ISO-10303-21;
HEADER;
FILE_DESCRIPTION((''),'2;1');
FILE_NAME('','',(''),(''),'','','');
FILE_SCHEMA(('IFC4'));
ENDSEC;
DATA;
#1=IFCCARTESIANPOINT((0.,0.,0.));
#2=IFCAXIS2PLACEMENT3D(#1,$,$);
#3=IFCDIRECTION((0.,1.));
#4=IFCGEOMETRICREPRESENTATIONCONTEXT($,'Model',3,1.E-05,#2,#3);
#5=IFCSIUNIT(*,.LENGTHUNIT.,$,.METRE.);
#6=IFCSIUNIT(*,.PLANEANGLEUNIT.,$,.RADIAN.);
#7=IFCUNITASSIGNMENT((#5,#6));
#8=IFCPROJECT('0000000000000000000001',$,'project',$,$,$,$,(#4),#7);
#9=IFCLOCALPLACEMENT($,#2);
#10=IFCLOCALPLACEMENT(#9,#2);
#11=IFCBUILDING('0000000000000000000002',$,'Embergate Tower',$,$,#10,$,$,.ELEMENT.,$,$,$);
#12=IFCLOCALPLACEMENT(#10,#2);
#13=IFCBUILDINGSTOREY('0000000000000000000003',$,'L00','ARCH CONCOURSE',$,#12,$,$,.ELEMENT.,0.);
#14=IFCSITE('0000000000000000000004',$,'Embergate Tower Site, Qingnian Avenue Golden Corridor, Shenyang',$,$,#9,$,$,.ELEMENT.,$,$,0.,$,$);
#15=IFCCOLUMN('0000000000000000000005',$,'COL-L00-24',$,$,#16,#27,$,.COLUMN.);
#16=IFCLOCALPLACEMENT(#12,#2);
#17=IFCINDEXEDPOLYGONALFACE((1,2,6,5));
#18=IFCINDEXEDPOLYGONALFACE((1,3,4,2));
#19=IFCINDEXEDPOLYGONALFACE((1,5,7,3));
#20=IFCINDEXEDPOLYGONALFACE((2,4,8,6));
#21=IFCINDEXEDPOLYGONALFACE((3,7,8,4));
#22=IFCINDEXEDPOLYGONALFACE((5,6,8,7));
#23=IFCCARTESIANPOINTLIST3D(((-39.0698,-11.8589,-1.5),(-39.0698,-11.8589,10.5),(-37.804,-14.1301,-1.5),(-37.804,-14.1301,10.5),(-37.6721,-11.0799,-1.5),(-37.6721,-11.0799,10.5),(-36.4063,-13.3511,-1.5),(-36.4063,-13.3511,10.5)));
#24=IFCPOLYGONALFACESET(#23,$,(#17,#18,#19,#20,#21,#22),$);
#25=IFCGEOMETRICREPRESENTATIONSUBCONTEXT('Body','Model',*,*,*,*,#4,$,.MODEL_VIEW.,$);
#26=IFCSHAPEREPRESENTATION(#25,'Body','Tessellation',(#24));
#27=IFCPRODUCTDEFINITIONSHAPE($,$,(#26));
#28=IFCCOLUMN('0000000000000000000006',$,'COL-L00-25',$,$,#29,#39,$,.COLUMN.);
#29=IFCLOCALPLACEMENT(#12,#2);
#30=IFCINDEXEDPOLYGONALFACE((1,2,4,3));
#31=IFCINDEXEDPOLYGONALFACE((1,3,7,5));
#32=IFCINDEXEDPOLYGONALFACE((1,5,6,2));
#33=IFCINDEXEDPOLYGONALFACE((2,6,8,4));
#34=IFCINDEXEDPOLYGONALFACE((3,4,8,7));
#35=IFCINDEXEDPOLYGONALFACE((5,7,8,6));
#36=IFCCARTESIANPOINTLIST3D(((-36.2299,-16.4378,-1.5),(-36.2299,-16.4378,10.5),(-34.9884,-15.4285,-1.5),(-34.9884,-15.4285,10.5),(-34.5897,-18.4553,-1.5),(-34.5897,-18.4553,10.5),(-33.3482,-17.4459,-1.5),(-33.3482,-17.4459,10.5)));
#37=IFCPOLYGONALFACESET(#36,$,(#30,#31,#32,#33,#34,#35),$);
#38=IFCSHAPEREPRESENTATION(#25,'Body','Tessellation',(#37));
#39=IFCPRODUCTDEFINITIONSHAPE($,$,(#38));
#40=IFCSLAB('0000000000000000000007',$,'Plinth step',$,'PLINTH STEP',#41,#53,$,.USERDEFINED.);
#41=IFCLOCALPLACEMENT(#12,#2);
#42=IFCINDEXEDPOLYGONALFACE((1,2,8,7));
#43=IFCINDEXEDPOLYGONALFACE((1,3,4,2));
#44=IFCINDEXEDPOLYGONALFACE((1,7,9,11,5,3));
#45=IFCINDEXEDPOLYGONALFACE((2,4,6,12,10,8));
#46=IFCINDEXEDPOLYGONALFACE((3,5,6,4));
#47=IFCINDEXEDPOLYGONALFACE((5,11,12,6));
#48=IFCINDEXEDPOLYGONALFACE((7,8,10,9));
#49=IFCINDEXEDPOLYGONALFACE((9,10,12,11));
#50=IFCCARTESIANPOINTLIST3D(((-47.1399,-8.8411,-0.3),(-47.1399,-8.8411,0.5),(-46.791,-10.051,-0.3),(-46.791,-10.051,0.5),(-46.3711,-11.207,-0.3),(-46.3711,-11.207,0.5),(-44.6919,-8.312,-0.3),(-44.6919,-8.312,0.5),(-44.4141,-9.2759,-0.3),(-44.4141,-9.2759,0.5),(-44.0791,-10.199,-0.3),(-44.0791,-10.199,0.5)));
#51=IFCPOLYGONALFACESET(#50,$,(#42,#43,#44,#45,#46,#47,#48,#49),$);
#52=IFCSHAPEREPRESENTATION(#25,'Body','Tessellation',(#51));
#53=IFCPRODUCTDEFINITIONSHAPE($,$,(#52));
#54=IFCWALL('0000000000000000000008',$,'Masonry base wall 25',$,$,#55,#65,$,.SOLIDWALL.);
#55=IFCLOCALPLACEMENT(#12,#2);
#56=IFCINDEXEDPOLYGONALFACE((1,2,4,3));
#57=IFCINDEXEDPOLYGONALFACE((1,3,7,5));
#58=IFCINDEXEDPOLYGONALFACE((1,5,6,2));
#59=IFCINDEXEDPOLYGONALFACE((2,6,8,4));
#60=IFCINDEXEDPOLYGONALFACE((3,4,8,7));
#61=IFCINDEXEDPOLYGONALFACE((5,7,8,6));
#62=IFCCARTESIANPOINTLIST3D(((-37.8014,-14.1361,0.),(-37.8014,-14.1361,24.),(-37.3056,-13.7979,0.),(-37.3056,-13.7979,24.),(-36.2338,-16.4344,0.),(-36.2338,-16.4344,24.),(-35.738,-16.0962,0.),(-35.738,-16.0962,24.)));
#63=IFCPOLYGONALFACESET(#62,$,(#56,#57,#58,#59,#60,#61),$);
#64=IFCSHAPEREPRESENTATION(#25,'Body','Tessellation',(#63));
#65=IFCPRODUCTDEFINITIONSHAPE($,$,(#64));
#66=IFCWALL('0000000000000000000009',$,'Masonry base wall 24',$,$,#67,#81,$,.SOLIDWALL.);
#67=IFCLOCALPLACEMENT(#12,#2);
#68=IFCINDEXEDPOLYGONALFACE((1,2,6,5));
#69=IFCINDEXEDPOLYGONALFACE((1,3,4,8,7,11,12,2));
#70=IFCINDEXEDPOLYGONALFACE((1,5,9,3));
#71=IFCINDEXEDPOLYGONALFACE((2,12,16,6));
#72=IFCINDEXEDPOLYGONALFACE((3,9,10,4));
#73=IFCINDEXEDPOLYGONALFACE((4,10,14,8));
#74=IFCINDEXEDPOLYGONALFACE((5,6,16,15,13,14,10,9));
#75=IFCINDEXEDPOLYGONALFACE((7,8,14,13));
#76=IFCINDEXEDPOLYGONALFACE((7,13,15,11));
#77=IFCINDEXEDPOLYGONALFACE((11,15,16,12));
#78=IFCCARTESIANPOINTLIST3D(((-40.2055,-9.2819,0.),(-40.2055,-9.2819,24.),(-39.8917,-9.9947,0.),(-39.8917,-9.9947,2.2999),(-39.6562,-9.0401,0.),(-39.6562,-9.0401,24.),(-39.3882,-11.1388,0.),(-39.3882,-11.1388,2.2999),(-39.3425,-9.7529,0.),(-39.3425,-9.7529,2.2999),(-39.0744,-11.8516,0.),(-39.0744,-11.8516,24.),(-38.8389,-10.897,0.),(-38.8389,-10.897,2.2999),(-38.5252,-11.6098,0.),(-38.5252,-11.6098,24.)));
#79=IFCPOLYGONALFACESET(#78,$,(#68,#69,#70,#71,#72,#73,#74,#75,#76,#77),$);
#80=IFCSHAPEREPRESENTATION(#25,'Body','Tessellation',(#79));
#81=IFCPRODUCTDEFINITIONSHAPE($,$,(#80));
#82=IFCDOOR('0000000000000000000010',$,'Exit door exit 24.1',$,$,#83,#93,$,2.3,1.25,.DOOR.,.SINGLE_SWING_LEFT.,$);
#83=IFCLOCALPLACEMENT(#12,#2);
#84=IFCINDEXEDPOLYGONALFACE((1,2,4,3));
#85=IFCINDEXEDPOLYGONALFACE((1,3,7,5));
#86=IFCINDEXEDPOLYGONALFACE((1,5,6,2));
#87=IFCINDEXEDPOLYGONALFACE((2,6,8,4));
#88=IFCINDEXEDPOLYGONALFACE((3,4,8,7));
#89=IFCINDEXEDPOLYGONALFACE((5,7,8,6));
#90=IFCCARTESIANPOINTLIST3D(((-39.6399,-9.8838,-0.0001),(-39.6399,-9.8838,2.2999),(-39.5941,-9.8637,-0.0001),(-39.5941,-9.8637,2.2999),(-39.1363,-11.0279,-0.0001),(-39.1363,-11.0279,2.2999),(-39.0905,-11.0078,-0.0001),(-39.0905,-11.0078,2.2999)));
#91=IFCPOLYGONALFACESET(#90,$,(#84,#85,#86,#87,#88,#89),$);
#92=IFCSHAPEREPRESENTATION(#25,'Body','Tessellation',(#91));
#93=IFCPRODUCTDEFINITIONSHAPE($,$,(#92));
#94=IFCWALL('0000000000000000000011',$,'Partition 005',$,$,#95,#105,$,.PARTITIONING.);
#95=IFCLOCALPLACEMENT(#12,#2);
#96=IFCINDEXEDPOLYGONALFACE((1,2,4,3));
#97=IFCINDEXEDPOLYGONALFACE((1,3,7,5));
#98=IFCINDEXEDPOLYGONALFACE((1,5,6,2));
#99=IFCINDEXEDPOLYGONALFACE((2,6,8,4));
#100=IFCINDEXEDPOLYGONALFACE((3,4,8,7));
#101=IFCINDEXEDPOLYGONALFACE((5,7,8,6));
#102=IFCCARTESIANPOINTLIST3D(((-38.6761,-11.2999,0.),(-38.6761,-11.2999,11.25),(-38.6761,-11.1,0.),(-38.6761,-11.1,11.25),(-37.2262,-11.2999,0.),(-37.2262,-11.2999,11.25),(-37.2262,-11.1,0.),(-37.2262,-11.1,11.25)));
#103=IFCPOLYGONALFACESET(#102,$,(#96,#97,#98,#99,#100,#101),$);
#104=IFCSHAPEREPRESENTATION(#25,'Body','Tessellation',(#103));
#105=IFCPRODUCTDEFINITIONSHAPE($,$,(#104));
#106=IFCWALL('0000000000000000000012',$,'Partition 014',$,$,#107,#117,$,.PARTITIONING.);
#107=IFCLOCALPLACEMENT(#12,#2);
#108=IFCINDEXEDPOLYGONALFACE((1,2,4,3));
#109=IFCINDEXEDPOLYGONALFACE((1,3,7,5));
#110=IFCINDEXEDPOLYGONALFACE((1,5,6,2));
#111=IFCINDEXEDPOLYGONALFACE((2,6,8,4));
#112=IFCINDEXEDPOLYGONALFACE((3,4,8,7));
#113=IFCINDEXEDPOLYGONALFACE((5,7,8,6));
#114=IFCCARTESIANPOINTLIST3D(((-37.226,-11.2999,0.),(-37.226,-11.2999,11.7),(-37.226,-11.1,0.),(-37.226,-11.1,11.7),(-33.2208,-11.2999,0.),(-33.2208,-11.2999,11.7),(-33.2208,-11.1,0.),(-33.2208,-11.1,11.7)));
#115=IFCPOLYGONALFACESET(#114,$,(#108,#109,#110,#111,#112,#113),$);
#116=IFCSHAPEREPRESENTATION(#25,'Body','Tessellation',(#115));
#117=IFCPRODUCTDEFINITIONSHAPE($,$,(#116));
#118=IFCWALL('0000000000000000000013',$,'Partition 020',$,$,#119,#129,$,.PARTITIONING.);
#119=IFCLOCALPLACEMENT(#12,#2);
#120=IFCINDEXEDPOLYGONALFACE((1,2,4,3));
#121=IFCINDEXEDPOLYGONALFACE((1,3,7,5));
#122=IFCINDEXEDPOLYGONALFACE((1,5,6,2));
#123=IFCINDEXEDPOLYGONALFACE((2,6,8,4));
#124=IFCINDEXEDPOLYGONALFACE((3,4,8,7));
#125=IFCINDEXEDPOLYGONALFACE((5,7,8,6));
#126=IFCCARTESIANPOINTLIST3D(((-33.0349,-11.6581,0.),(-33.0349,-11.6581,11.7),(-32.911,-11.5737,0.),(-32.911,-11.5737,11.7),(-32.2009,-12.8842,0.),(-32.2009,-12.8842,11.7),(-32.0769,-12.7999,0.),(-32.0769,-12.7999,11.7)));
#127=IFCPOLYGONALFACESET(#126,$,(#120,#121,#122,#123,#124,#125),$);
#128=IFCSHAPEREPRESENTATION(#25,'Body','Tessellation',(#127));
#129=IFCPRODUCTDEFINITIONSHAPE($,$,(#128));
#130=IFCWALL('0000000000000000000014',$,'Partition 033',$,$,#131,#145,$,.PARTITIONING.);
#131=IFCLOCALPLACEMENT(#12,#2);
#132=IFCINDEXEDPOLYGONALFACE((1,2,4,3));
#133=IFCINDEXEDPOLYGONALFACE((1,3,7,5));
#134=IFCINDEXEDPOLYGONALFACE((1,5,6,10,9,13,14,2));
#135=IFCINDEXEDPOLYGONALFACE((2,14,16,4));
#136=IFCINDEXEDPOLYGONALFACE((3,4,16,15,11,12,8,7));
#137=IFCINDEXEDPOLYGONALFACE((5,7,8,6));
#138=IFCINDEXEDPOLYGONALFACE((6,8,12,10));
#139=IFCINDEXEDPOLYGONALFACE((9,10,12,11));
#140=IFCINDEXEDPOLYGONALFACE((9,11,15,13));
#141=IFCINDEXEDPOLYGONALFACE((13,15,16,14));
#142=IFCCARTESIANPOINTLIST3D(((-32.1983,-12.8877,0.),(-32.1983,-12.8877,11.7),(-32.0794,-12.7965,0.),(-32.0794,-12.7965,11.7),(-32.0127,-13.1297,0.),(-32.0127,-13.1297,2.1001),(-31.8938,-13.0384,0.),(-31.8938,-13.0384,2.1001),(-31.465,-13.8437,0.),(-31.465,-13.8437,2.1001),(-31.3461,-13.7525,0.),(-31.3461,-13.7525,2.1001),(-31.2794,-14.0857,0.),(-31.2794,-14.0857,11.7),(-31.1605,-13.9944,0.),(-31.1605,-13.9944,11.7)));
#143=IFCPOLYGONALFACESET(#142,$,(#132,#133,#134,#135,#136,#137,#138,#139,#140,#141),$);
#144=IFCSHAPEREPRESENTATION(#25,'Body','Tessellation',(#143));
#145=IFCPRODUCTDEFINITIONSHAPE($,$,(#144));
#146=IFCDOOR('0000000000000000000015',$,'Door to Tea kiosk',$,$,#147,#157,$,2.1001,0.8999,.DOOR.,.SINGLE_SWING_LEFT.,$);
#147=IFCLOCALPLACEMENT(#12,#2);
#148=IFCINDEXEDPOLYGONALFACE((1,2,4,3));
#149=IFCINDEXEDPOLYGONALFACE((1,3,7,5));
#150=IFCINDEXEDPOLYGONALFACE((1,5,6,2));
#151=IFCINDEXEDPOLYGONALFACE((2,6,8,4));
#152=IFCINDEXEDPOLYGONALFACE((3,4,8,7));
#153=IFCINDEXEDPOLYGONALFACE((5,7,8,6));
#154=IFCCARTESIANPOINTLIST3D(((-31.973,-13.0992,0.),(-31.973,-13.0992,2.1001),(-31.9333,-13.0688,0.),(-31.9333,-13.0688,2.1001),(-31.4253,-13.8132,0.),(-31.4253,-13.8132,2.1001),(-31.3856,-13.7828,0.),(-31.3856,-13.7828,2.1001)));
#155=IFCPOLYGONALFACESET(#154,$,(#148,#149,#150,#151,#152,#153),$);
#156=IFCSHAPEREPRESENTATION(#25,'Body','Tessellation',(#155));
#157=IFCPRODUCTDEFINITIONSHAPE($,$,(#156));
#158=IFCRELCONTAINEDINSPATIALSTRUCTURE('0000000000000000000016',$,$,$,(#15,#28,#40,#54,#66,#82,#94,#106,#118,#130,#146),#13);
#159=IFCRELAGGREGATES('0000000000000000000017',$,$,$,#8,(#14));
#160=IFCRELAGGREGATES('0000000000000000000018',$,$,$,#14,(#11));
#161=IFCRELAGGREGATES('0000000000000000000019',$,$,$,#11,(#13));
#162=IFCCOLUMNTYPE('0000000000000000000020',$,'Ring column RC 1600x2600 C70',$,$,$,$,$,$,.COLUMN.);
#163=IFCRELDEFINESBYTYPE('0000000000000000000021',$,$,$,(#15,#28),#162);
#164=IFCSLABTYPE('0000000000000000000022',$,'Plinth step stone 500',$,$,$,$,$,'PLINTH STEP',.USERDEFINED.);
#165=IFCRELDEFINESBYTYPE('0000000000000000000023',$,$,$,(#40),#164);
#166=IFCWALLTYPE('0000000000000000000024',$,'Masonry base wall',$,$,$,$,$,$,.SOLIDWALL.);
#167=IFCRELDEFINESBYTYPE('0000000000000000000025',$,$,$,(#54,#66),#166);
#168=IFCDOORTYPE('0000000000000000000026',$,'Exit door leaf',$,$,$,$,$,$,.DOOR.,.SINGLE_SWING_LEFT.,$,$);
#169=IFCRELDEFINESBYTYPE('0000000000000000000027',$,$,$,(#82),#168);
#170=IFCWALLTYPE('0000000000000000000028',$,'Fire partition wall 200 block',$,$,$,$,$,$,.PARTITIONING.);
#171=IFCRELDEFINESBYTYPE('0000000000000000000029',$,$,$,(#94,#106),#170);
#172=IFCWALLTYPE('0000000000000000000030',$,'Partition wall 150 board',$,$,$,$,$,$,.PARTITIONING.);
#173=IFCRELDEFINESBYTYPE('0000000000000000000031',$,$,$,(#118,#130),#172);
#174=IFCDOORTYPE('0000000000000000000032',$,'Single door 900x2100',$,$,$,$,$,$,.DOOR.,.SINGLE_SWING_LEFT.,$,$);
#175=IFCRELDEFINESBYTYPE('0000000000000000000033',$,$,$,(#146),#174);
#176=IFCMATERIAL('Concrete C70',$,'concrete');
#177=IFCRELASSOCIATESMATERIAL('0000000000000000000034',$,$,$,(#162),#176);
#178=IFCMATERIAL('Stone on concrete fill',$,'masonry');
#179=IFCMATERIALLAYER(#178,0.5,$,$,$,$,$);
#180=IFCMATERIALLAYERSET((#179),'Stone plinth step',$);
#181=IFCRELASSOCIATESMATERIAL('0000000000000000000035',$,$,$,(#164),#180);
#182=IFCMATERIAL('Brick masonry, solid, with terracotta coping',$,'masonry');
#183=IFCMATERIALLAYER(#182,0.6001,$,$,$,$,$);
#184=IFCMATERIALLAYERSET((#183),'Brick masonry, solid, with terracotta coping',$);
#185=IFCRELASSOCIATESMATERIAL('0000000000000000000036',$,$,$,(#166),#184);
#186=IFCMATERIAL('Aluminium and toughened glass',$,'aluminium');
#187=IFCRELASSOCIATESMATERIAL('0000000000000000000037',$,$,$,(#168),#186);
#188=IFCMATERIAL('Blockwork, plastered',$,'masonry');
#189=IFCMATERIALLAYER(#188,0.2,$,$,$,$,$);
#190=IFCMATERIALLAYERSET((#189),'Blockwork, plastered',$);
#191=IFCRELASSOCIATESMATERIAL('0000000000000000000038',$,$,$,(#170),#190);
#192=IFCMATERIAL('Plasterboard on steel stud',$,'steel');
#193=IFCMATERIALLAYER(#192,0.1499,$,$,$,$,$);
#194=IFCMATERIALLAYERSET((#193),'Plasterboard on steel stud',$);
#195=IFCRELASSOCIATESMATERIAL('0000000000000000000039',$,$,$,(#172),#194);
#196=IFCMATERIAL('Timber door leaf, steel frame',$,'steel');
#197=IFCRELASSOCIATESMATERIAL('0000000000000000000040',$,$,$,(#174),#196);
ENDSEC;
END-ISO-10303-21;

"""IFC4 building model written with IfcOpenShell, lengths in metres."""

from ifc_helpers import new_model, si_unit, direction, frame, frame_2d, origin, origin_2d, place, context, subcontext, project, spatial, polyline, rectangle, outline, extrude, source, transform, mapped, material, layer, layer_set, material_profile, profile_set, type_object, element, fill, save


model = new_model("IFC4")

# Units and contexts
model_context = context("Model", 3, precision=1e-05, world=origin(), true_north=direction((0.0, 1.0)))
body_context = subcontext(model_context, "Body", "Model", "MODEL_VIEW")
ifc_project = project(units=[si_unit("LENGTHUNIT", "METRE"), si_unit("PLANEANGLEUNIT", "RADIAN")], contexts=[model_context])

# Site, building, storey
site_placement = place(None, origin())
site = spatial("IfcSite", under=ifc_project, at=site_placement, Name="Embergate Tower Site, Qingnian Avenue Golden Corridor, Shenyang", CompositionType="ELEMENT", RefElevation=0.0)
building_placement = place(site_placement, origin())
building = spatial("IfcBuilding", under=site, at=building_placement, Name="Embergate Tower", CompositionType="ELEMENT")
storey_placement = place(building_placement, origin())
storey = spatial("IfcBuildingStorey", under=building, at=storey_placement, Name="L00", Description="ARCH CONCOURSE", CompositionType="ELEMENT", Elevation=0.0)

# Columns
ifc_material_1 = material(Name="Concrete C70", Category="concrete")
ifc_material_profile = material_profile(ifc_material_1, rectangle(XDim=1.6001, YDim=2.6001, at=origin_2d()), Name="RC 1600x2600")
ifc_profile_set = profile_set([ifc_material_profile], Name="Concrete C70")
column_type = type_object("IfcColumnType", Name="Ring column RC 1600x2600 C70", PredefinedType="COLUMN", material=ifc_profile_set)
shared_shape_1 = source(origin(), body_context, "Body", "SweptSolid", [
    extrude(rectangle(XDim=1.6001, YDim=2.6001, at=origin_2d()), origin(), (0.0, 0.0, 1.0), 12.0),
])
for number, where, z_axis, x_axis, name in (
    (1, (-37.738, -12.605, -1.5), (0.0, 0.0, 1.0), (-0.873492, -0.486839, 0.0), "COL-L00-24"),
    (2, (-34.7891, -16.9419, -1.5), (0.0, 0.0, 1.0), (-0.775925, -0.630825, 0.0), "COL-L00-25"),
):
    element("IfcColumn", number, at=place(storey_placement, frame(where, z_axis=z_axis, x_axis=x_axis)), inside=storey, type_object=column_type, Name=name, PredefinedType="COLUMN", context=body_context, shape_type="MappedRepresentation", body=[
        mapped(shared_shape_1, transform((0.0, 0.0, 0.0))),
    ])

# Slab
ifc_material_2 = material(Name="Stone on concrete fill", Category="masonry")
ifc_layer_1 = layer(ifc_material_2, 0.5)
ifc_layer_set_1 = layer_set([ifc_layer_1], Name="Stone plinth step")
slab_type = type_object("IfcSlabType", Name="Plinth step stone 500", ElementType="PLINTH STEP", PredefinedType="USERDEFINED", material=ifc_layer_set_1)
shared_shape_2 = source(origin(), body_context, "Body", "SweptSolid", [
    extrude(outline(polyline([(0.0, 0.0), (-0.4199, 1.156), (-0.7688, 2.366), (1.6792, 2.895), (1.957, 1.9312), (2.292, 1.0081), (0.0, 0.0)])), origin(), (0.0, 0.0, 1.0), 0.8),
])
slab_placement = place(storey_placement, frame((-46.3711, -11.207, -0.3)))
element("IfcSlab", 3, at=slab_placement, inside=storey, type_object=slab_type, Name="Plinth step", ObjectType="PLINTH STEP", PredefinedType="USERDEFINED", context=body_context, shape_type="MappedRepresentation", body=[
    mapped(shared_shape_2, transform((0.0, 0.0, 0.0))),
])

# Wall
ifc_material_3 = material(Name="Brick masonry, solid, with terracotta coping", Category="masonry")
ifc_layer_2 = layer(ifc_material_3, 0.6001)
ifc_layer_set_2 = layer_set([ifc_layer_2], Name="Brick masonry, solid, with terracotta coping")
wall_type_1 = type_object("IfcWallType", Name="Masonry base wall", PredefinedType="SOLIDWALL", material=ifc_layer_set_2)
shared_shape_3 = source(origin(), body_context, "Body", "SweptSolid", [
    extrude(rectangle(XDim=2.782, YDim=0.6001, at=frame_2d((1.3911, 0.0))), origin(), (0.0, 0.0, 1.0), 24.0),
])
wall_1_placement = place(storey_placement, frame((-35.9858, -16.2654, 0.0), z_axis=(0.0, 0.0, 1.0), x_axis=(-0.563478, 0.826131, 0.0)))
element("IfcWall", 4, at=wall_1_placement, inside=storey, type_object=wall_type_1, Name="Masonry base wall 25", PredefinedType="SOLIDWALL", context=body_context, shape_type="MappedRepresentation", body=[
    mapped(shared_shape_3, transform((0.0, 0.0, 0.0))),
])

# Wall, opening, door
shared_shape_4 = source(origin(), body_context, "Body", "SweptSolid", [
    extrude(rectangle(XDim=2.8076, YDim=0.6001, at=frame_2d((1.4038, 0.0))), origin(), (0.0, 0.0, 1.0), 24.0),
])
wall_2_placement = place(storey_placement, frame((-38.7998, -11.7307, 0.0), z_axis=(0.0, 0.0, 1.0), x_axis=(-0.402852, 0.915265, 0.0)))
wall_2 = element("IfcWall", 5, at=wall_2_placement, inside=storey, type_object=wall_type_1, Name="Masonry base wall 24", PredefinedType="SOLIDWALL", context=body_context, shape_type="MappedRepresentation", body=[
    mapped(shared_shape_4, transform((0.0, 0.0, 0.0))),
])
shared_shape_5 = source(origin(), body_context, "Body", "SweptSolid", [
    extrude(rectangle(XDim=1.25, YDim=2.3, at=frame_2d((0.625, 1.1499))), frame((0.0, 0.3101, 0.0), z_axis=(0.0, -1.0, 0.0), x_axis=(1.0, 0.0, 0.0)), (0.0, 0.0, 1.0), 0.6201),
])
opening_1_placement = place(wall_2_placement, frame((0.7788, 0.0, 0.0)))
opening_1 = element("IfcOpeningElement", 6, at=opening_1_placement, cuts=wall_2, PredefinedType="OPENING", context=body_context, shape_type="MappedRepresentation", body=[
    mapped(shared_shape_5, transform((0.0, 0.0, 0.0))),
])
ifc_material_4 = material(Name="Aluminium and toughened glass", Category="aluminium")
door_type_1 = type_object("IfcDoorType", Name="Exit door leaf", OperationType="SINGLE_SWING_LEFT", PredefinedType="DOOR", material=ifc_material_4)
shared_shape_6 = source(origin(), body_context, "Body", "SweptSolid", [
    extrude(rectangle(XDim=1.25, YDim=2.3, at=frame_2d((0.625, 1.1499))), frame((0.0, 0.0249, 0.0), z_axis=(0.0, -1.0, 0.0), x_axis=(1.0, 0.0, 0.0)), (0.0, 0.0, 1.0), 0.05),
])
door_1_placement = place(opening_1_placement, origin())
door_1 = element("IfcDoor", 7, at=door_1_placement, inside=storey, type_object=door_type_1, Name="Exit door exit 24.1", OperationType="SINGLE_SWING_LEFT", OverallHeight=2.3, OverallWidth=1.25, PredefinedType="DOOR", context=body_context, shape_type="MappedRepresentation", body=[
    mapped(shared_shape_6, transform((0.0, 0.0, 0.0))),
])
fill(opening_1, door_1)

# Walls
ifc_material_5 = material(Name="Blockwork, plastered", Category="masonry")
ifc_layer_3 = layer(ifc_material_5, 0.2)
ifc_layer_set_3 = layer_set([ifc_layer_3], Name="Blockwork, plastered")
wall_type_2 = type_object("IfcWallType", Name="Fire partition wall 200 block", PredefinedType="PARTITIONING", material=ifc_layer_set_3)
shared_shape_7 = source(origin(), body_context, "Body", "SweptSolid", [
    extrude(rectangle(XDim=1.45, YDim=0.2, at=frame_2d((0.7251, 0.0))), origin(), (0.0, 0.0, 1.0), 11.25),
])
wall_3_placement = place(storey_placement, frame((-37.2261, -11.2, 0.0), z_axis=(0.0, 0.0, 1.0), x_axis=(-1.0, 0.0, 0.0)))
element("IfcWall", 8, at=wall_3_placement, inside=storey, type_object=wall_type_2, Name="Partition 005", PredefinedType="PARTITIONING", context=body_context, shape_type="MappedRepresentation", body=[
    mapped(shared_shape_7, transform((0.0, 0.0, 0.0))),
])
shared_shape_8 = source(origin(), body_context, "Body", "SweptSolid", [
    extrude(rectangle(XDim=4.0051, YDim=0.2, at=frame_2d((2.0024, 0.0))), origin(), (0.0, 0.0, 1.0), 11.7),
])
wall_4_placement = place(storey_placement, frame((-33.2209, -11.2, 0.0), z_axis=(0.0, 0.0, 1.0), x_axis=(-1.0, 0.0, 0.0)))
element("IfcWall", 9, at=wall_4_placement, inside=storey, type_object=wall_type_2, Name="Partition 014", PredefinedType="PARTITIONING", context=body_context, shape_type="MappedRepresentation", body=[
    mapped(shared_shape_8, transform((0.0, 0.0, 0.0))),
])
ifc_material_6 = material(Name="Plasterboard on steel stud", Category="steel")
ifc_layer_4 = layer(ifc_material_6, 0.1499)
ifc_layer_set_4 = layer_set([ifc_layer_4], Name="Plasterboard on steel stud")
wall_type_3 = type_object("IfcWallType", Name="Partition wall 150 board", PredefinedType="PARTITIONING", material=ifc_layer_set_4)
shared_shape_9 = source(origin(), body_context, "Body", "SweptSolid", [
    extrude(rectangle(XDim=1.4829, YDim=0.1499, at=frame_2d((0.7415, 0.0))), origin(), (0.0, 0.0, 1.0), 11.7),
])
wall_5_placement = place(storey_placement, frame((-32.1389, -12.842, 0.0), z_axis=(0.0, 0.0, 1.0), x_axis=(-0.562427, 0.826847, 0.0)))
element("IfcWall", 10, at=wall_5_placement, inside=storey, type_object=wall_type_3, Name="Partition 020", PredefinedType="PARTITIONING", context=body_context, shape_type="MappedRepresentation", body=[
    mapped(shared_shape_9, transform((0.0, 0.0, 0.0))),
])

# Wall, opening, door
shared_shape_10 = source(origin(), body_context, "Body", "SweptSolid", [
    extrude(rectangle(XDim=1.5098, YDim=0.1499, at=frame_2d((0.7549, 0.0))), origin(), (0.0, 0.0, 1.0), 11.7),
])
wall_6_placement = place(storey_placement, frame((-31.22, -14.04, 0.0), z_axis=(0.0, 0.0, 1.0), x_axis=(-0.608632, 0.793453, 0.0)))
wall_6 = element("IfcWall", 11, at=wall_6_placement, inside=storey, type_object=wall_type_3, Name="Partition 033", PredefinedType="PARTITIONING", context=body_context, shape_type="MappedRepresentation", body=[
    mapped(shared_shape_10, transform((0.0, 0.0, 0.0))),
])
shared_shape_11 = source(origin(), body_context, "Body", "SweptSolid", [
    extrude(rectangle(XDim=0.8999, YDim=2.1001, at=frame_2d((0.45, 1.05))), frame((0.0, 0.085, 0.0), z_axis=(0.0, -1.0, 0.0), x_axis=(1.0, 0.0, 0.0)), (0.0, 0.0, 1.0), 0.1699),
])
opening_2_placement = place(wall_6_placement, frame((0.3049, 0.0, 0.0)))
opening_2 = element("IfcOpeningElement", 12, at=opening_2_placement, cuts=wall_6, PredefinedType="OPENING", context=body_context, shape_type="MappedRepresentation", body=[
    mapped(shared_shape_11, transform((0.0, 0.0, 0.0))),
])
ifc_material_7 = material(Name="Timber door leaf, steel frame", Category="steel")
door_type_2 = type_object("IfcDoorType", Name="Single door 900x2100", OperationType="SINGLE_SWING_LEFT", PredefinedType="DOOR", material=ifc_material_7)
shared_shape_12 = source(origin(), body_context, "Body", "SweptSolid", [
    extrude(rectangle(XDim=0.8999, YDim=2.1001, at=frame_2d((0.45, 1.05))), frame((0.0, 0.0249, 0.0), z_axis=(0.0, -1.0, 0.0), x_axis=(1.0, 0.0, 0.0)), (0.0, 0.0, 1.0), 0.05),
])
door_2_placement = place(opening_2_placement, origin())
door_2 = element("IfcDoor", 13, at=door_2_placement, inside=storey, type_object=door_type_2, Name="Door to Tea kiosk", OperationType="SINGLE_SWING_LEFT", OverallHeight=2.1001, OverallWidth=0.8999, PredefinedType="DOOR", context=body_context, shape_type="MappedRepresentation", body=[
    mapped(shared_shape_12, transform((0.0, 0.0, 0.0))),
])
fill(opening_2, door_2)

save(model, "model.ifc")
